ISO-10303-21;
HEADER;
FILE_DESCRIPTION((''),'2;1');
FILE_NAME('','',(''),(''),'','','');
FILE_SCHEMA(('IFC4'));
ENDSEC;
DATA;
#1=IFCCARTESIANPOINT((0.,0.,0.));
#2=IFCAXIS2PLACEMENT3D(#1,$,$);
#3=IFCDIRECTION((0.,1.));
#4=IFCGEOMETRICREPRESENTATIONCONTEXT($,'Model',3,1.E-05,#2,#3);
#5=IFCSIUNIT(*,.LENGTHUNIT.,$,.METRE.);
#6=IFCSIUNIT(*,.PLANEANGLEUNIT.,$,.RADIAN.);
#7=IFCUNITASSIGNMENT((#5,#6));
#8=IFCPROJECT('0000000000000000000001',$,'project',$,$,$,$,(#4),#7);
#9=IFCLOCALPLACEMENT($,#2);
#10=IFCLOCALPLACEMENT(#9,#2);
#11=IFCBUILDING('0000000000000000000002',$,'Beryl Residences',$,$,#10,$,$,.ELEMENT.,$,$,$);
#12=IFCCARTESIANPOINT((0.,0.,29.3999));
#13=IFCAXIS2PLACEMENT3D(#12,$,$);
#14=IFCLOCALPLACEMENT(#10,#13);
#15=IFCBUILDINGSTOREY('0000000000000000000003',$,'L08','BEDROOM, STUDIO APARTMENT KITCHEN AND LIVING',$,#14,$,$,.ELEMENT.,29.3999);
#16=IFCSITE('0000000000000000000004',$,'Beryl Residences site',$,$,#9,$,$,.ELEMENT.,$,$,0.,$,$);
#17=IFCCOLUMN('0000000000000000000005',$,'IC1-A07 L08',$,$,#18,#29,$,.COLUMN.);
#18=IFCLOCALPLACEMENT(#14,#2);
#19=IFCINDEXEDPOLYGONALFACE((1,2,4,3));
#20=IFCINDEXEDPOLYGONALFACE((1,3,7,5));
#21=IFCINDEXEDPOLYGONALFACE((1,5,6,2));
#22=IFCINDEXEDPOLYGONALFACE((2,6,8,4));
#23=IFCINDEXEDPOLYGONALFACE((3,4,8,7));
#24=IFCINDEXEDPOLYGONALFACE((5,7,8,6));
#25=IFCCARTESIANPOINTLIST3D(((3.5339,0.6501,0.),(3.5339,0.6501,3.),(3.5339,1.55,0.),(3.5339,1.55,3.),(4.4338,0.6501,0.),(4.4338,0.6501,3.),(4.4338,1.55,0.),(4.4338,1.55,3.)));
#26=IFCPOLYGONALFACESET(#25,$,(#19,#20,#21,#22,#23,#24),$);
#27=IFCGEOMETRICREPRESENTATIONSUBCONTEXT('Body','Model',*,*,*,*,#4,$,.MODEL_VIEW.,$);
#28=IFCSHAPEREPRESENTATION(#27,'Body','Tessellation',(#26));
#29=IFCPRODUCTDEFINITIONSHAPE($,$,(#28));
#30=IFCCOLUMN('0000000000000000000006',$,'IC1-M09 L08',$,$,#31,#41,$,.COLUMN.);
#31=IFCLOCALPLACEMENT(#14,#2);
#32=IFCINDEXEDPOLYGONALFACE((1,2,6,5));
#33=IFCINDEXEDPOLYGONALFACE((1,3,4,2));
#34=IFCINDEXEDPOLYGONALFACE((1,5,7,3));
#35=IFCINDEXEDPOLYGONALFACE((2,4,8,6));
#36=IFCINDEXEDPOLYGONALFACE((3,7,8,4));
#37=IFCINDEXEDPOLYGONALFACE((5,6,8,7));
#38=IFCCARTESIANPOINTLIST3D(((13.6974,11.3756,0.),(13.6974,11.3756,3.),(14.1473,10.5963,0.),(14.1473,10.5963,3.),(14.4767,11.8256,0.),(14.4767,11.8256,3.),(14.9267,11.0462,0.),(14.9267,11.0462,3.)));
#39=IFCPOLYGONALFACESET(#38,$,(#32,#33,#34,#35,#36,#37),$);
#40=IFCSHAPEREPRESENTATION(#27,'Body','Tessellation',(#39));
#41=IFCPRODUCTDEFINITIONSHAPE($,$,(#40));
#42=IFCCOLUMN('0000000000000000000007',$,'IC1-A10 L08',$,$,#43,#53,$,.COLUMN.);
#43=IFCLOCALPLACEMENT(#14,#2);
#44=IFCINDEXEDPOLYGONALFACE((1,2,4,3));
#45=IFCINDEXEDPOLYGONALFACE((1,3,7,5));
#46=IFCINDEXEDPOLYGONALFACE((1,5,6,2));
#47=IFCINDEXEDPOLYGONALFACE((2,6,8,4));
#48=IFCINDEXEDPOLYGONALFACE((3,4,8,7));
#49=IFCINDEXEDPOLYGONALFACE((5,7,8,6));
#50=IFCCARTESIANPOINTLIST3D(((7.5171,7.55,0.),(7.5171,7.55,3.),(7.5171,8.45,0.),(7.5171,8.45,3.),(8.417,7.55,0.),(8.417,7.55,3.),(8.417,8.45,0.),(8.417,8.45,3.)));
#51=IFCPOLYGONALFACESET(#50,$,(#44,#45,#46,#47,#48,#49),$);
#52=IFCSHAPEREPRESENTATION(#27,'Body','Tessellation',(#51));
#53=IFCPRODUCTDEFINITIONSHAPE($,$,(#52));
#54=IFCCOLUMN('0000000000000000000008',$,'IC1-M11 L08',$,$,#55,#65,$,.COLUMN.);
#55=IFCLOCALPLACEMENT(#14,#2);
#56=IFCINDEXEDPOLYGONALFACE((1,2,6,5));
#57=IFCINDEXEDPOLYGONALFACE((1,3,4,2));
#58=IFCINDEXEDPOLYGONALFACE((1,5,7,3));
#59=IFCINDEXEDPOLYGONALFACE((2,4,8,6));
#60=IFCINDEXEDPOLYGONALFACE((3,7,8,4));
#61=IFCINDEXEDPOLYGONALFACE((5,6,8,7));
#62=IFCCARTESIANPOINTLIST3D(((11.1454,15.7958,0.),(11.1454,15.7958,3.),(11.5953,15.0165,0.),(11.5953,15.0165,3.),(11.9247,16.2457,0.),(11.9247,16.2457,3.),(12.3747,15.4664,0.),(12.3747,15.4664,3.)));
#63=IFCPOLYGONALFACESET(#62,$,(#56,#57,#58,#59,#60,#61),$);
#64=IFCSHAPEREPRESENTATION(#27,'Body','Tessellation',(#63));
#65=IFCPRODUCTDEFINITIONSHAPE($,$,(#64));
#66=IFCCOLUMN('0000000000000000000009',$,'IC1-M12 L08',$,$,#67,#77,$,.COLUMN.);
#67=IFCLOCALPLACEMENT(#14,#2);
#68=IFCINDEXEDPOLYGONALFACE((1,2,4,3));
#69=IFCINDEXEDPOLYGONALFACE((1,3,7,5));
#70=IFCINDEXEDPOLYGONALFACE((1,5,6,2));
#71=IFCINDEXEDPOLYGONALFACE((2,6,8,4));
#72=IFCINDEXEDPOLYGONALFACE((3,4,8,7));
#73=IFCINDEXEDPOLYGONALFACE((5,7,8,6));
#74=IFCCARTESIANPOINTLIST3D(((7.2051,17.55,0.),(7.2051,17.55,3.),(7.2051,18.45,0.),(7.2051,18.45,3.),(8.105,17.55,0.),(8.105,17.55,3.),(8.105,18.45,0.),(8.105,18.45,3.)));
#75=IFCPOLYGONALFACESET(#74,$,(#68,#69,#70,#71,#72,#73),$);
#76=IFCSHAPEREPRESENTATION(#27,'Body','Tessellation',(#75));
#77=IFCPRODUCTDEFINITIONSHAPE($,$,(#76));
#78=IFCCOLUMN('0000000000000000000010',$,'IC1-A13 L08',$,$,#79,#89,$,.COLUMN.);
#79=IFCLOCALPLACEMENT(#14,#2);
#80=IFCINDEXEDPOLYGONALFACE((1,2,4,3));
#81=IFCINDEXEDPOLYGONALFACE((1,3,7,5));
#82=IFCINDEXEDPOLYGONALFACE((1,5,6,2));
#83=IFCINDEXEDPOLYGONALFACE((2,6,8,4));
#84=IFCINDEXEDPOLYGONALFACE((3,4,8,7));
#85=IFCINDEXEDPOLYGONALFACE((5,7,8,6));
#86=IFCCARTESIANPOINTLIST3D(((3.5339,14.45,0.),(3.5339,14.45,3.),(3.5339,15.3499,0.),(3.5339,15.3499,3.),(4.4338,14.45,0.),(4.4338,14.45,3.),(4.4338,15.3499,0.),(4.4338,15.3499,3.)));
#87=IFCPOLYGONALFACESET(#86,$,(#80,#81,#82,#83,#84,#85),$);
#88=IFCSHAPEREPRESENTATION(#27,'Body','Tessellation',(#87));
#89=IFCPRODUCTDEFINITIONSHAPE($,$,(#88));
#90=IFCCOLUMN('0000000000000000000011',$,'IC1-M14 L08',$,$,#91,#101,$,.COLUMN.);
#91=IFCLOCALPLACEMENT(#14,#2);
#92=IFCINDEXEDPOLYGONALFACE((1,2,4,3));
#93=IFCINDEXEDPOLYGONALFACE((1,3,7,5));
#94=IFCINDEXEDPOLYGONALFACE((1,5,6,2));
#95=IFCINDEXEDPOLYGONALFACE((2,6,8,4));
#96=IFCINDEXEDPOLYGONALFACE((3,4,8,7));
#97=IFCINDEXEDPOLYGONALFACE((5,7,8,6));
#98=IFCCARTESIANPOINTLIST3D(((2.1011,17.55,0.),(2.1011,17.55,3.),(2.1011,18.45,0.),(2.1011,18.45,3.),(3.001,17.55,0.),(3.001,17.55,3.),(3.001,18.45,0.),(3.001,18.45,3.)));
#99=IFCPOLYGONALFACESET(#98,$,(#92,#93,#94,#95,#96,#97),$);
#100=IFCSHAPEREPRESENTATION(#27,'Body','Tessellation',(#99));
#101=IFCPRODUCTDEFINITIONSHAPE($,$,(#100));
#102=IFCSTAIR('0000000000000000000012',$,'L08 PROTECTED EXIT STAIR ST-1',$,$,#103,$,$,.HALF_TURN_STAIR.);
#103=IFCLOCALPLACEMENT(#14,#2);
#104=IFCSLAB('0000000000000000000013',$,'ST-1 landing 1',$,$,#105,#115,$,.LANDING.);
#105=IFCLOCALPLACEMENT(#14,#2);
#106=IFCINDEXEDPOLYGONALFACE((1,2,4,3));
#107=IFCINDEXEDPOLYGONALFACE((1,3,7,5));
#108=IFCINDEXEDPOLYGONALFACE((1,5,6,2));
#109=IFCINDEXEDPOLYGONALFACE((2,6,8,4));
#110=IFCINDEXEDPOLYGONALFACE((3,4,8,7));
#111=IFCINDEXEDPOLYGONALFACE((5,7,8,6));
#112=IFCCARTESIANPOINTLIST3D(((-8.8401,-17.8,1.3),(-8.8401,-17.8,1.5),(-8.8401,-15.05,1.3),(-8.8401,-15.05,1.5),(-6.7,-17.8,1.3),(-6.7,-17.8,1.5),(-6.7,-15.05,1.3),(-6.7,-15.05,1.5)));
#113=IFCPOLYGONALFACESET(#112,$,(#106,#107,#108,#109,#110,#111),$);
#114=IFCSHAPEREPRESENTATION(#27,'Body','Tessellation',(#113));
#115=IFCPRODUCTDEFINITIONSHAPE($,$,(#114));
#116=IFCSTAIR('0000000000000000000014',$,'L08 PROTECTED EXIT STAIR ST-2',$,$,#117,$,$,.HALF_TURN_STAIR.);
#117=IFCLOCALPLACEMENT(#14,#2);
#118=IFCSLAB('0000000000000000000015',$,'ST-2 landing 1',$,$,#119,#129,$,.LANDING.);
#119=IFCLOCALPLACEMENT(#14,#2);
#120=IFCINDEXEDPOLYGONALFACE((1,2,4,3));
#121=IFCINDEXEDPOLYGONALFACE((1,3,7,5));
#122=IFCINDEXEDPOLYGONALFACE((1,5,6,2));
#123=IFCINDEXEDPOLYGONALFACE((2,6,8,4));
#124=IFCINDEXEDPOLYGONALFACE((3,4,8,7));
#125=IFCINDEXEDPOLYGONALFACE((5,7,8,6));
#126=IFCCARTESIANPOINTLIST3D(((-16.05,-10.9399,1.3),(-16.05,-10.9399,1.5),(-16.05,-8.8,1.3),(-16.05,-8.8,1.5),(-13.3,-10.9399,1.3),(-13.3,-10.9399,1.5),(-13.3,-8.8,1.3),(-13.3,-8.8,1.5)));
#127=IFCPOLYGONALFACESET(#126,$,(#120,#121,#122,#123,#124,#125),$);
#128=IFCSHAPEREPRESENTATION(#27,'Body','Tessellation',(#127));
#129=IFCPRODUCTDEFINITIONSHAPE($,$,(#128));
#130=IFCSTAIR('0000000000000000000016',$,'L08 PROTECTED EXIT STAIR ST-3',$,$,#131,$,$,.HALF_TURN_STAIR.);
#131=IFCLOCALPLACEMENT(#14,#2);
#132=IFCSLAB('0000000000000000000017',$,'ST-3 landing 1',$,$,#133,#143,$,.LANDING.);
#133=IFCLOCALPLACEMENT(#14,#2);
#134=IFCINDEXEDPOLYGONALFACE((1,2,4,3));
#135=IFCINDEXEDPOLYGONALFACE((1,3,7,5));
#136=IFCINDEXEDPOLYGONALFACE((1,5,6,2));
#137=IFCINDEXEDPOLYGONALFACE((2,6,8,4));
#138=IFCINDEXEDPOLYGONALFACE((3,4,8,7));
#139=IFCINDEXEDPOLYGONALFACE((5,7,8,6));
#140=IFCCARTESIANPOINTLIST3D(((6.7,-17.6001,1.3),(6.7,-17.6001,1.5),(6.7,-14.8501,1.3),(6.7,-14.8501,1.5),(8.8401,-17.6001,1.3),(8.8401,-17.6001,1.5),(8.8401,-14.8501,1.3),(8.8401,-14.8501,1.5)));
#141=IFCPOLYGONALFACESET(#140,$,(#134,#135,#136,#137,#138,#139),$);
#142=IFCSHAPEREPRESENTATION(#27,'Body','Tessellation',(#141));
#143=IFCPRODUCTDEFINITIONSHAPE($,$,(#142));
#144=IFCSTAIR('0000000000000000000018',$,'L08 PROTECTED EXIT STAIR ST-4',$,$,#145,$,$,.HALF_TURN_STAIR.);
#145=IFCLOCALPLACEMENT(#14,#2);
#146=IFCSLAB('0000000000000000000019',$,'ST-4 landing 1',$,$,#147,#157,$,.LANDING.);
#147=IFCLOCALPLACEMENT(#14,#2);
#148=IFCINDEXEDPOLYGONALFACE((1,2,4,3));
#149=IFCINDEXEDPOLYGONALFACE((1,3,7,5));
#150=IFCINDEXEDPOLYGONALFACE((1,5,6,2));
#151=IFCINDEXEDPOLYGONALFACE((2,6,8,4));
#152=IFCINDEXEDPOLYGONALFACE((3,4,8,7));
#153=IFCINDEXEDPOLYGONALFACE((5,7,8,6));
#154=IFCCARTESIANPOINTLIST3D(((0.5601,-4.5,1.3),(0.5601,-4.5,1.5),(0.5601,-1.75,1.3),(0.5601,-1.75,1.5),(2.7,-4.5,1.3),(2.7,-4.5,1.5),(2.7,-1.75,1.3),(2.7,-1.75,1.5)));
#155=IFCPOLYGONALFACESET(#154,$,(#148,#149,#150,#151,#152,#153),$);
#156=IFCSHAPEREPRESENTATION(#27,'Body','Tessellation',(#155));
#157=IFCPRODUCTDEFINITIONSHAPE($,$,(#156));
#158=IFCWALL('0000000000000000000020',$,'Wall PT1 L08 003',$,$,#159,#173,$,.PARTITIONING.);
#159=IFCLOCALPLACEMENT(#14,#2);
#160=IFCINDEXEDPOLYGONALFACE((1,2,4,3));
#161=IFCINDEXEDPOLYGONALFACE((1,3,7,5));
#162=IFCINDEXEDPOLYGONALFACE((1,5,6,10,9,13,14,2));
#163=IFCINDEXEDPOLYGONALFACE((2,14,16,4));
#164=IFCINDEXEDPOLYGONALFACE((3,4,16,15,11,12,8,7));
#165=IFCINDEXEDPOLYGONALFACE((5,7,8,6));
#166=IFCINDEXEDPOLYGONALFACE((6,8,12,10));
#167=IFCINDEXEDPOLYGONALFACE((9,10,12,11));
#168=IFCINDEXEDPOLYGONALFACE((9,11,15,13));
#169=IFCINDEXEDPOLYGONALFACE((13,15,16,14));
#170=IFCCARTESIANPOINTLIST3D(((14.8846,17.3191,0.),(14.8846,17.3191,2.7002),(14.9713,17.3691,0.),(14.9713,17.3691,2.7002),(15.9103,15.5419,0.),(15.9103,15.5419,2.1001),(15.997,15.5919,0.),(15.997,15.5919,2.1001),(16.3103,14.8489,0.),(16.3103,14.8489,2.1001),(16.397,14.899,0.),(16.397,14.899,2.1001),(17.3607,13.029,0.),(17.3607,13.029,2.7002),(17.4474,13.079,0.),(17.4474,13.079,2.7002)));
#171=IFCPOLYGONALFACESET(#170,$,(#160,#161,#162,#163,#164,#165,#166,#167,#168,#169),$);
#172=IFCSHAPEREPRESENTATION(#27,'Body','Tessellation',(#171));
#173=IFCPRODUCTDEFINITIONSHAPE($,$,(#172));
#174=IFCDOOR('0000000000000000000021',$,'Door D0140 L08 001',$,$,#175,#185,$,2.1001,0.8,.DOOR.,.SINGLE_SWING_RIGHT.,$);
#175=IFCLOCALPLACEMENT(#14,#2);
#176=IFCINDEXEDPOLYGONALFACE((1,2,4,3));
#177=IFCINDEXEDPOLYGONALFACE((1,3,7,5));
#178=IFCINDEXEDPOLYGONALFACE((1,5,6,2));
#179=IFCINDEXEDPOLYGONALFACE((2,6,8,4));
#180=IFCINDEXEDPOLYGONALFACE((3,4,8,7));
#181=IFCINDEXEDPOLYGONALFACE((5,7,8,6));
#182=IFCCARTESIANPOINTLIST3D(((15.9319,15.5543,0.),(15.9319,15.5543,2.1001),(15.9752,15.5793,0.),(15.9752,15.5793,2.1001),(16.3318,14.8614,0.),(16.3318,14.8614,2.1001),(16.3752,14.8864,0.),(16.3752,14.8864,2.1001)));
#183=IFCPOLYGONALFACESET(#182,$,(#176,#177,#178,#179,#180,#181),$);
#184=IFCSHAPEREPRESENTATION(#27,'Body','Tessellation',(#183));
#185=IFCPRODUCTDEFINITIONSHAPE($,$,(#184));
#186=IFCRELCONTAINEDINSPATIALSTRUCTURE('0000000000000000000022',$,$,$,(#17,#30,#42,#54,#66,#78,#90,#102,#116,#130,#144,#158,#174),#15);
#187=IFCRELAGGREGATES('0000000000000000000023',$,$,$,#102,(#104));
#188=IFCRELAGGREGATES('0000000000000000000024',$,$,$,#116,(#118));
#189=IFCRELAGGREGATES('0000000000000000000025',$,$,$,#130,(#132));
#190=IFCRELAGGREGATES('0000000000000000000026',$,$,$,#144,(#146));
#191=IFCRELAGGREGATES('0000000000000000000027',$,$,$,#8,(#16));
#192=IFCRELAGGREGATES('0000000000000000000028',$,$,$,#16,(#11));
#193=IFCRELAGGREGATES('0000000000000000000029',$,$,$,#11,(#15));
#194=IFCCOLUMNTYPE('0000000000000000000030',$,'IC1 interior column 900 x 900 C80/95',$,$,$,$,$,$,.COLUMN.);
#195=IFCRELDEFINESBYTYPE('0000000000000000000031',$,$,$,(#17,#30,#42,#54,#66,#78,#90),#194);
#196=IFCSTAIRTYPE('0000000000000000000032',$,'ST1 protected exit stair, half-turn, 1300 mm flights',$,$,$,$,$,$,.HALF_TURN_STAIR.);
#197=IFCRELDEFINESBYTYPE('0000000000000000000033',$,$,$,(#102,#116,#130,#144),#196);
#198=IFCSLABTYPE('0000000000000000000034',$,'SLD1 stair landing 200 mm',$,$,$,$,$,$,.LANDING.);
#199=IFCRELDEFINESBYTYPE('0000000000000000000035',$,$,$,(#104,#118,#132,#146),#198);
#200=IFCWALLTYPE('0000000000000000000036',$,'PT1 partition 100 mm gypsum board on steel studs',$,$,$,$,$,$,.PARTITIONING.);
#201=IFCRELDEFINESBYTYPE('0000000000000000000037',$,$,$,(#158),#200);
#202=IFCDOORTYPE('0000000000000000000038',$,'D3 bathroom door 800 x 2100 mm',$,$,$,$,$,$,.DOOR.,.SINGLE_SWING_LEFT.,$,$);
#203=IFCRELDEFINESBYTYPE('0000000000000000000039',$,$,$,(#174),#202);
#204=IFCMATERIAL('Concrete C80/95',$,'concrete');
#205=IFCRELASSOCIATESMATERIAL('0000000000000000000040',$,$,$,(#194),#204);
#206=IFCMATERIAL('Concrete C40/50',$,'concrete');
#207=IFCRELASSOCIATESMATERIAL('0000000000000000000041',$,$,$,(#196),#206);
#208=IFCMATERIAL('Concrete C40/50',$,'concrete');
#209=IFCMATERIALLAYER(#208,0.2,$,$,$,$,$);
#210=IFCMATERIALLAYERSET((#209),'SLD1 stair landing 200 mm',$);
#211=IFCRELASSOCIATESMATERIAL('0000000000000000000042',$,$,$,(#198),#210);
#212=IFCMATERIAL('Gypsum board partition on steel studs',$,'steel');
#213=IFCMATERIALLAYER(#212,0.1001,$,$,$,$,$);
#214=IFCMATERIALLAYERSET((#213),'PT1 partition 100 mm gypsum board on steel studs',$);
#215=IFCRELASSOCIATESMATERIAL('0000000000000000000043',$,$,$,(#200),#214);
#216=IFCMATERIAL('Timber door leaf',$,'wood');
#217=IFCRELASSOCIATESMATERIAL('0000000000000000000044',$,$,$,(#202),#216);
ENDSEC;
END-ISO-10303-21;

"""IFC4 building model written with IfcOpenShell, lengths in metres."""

from ifc_helpers import new_model, si_unit, direction, frame, frame_2d, origin, origin_2d, place, context, subcontext, project, spatial, polyline, rectangle, outline, extrude, material, layer, layer_set, material_profile, profile_set, type_object, element, fill, aggregate, save


model = new_model("IFC4")

# Units and contexts
model_context = context("Model", 3, precision=1e-05, world=origin(), true_north=direction((0.0, 1.0)))
body_context = subcontext(model_context, "Body", "Model", "MODEL_VIEW")
ifc_project = project(units=[si_unit("LENGTHUNIT", "METRE"), si_unit("PLANEANGLEUNIT", "RADIAN")], contexts=[model_context])

# Site, building, storey
site_placement = place(None, origin())
site = spatial("IfcSite", under=ifc_project, at=site_placement, Name="Beryl Residences site", CompositionType="ELEMENT", RefElevation=0.0)
building_placement = place(site_placement, origin())
building = spatial("IfcBuilding", under=site, at=building_placement, Name="Beryl Residences", CompositionType="ELEMENT")
storey_placement = place(building_placement, frame((0.0, 0.0, 29.3999)))
storey = spatial("IfcBuildingStorey", under=building, at=storey_placement, Name="L08", Description="BEDROOM, STUDIO APARTMENT KITCHEN AND LIVING", CompositionType="ELEMENT", Elevation=29.3999)

# Columns
ifc_material_1 = material(Name="Concrete C80/95", Category="concrete")
ifc_material_profile = material_profile(ifc_material_1, rectangle(XDim=0.8999, YDim=0.8999, at=origin_2d()))
ifc_profile_set = profile_set([ifc_material_profile], Name="Concrete C80/95")
column_type = type_object("IfcColumnType", Name="IC1 interior column 900 x 900 C80/95", PredefinedType="COLUMN", material=ifc_profile_set)
for number, where, z_axis, x_axis, name in (
    (1, (3.9839, 1.1001, 0.0), (0.0, 0.0, 1.0), (1.0, 0.0, 0.0), "IC1-A07 L08"),
    (2, (14.312, 11.2109, 0.0), (0.0, 0.0, 1.0), (-0.499985, 0.866034, 0.0), "IC1-M09 L08"),
    (3, (7.967, 8.0, 0.0), (0.0, 0.0, 1.0), (1.0, 0.0, 0.0), "IC1-A10 L08"),
    (4, (11.76, 15.6311, 0.0), (0.0, 0.0, 1.0), (-0.499985, 0.866034, 0.0), "IC1-M11 L08"),
    (5, (7.655, 18.0, 0.0), (0.0, 0.0, 1.0), (-1.0, 0.0, 0.0), "IC1-M12 L08"),
    (6, (3.9839, 14.8999, 0.0), (0.0, 0.0, 1.0), (1.0, 0.0, 0.0), "IC1-A13 L08"),
    (7, (2.551, 18.0, 0.0), (0.0, 0.0, 1.0), (-1.0, 0.0, 0.0), "IC1-M14 L08"),
):
    element("IfcColumn", number, at=place(storey_placement, frame(where, z_axis=z_axis, x_axis=x_axis)), inside=storey, type_object=column_type, Name=name, PredefinedType="COLUMN", context=body_context, shape_type="SweptSolid", body=[
        extrude(rectangle(XDim=0.8999, YDim=0.8999, at=origin_2d()), origin(), (0.0, 0.0, 1.0), 3.0),
    ])

# Stairs, slabs
ifc_material_2 = material(Name="Concrete C40/50", Category="concrete")
stair_type = type_object("IfcStairType", Name="ST1 protected exit stair, half-turn, 1300 mm flights", PredefinedType="HALF_TURN_STAIR", material=ifc_material_2)
stair_1_placement = place(storey_placement, origin())
stair_1 = element("IfcStair", 8, at=stair_1_placement, inside=storey, type_object=stair_type, Name="L08 PROTECTED EXIT STAIR ST-1", PredefinedType="HALF_TURN_STAIR")
ifc_material_3 = material(Name="Concrete C40/50", Category="concrete")
ifc_layer_1 = layer(ifc_material_3, 0.2)
ifc_layer_set_1 = layer_set([ifc_layer_1], Name="SLD1 stair landing 200 mm")
slab_type_1 = type_object("IfcSlabType", Name="SLD1 stair landing 200 mm", PredefinedType="LANDING", material=ifc_layer_set_1)
slab_1_placement = place(storey_placement, frame((0.0, 0.0, 1.3)))
slab_1 = element("IfcSlab", 9, at=slab_1_placement, type_object=slab_type_1, Name="ST-1 landing 1", PredefinedType="LANDING", context=body_context, shape_type="SweptSolid", body=[
    extrude(outline(polyline([(-8.8401, -17.8), (-6.7, -17.8), (-6.7, -15.05), (-8.8401, -15.05), (-8.8401, -17.8)])), origin(), (0.0, 0.0, 1.0), 0.2),
])
aggregate(stair_1, [slab_1])
stair_2_placement = place(storey_placement, origin())
stair_2 = element("IfcStair", 10, at=stair_2_placement, inside=storey, type_object=stair_type, Name="L08 PROTECTED EXIT STAIR ST-2", PredefinedType="HALF_TURN_STAIR")
slab_2_placement = place(storey_placement, frame((0.0, 0.0, 1.3)))
slab_2 = element("IfcSlab", 11, at=slab_2_placement, type_object=slab_type_1, Name="ST-2 landing 1", PredefinedType="LANDING", context=body_context, shape_type="SweptSolid", body=[
    extrude(outline(polyline([(-13.3, -10.9399), (-13.3, -8.8), (-16.05, -8.8), (-16.05, -10.9399), (-13.3, -10.9399)])), origin(), (0.0, 0.0, 1.0), 0.2),
])
aggregate(stair_2, [slab_2])
stair_3_placement = place(storey_placement, origin())
stair_3 = element("IfcStair", 12, at=stair_3_placement, inside=storey, type_object=stair_type, Name="L08 PROTECTED EXIT STAIR ST-3", PredefinedType="HALF_TURN_STAIR")
slab_3_placement = place(storey_placement, frame((0.0, 0.0, 1.3)))
slab_3 = element("IfcSlab", 13, at=slab_3_placement, type_object=slab_type_1, Name="ST-3 landing 1", PredefinedType="LANDING", context=body_context, shape_type="SweptSolid", body=[
    extrude(outline(polyline([(8.8401, -14.8501), (6.7, -14.8501), (6.7, -17.6001), (8.8401, -17.6001), (8.8401, -14.8501)])), origin(), (0.0, 0.0, 1.0), 0.2),
])
aggregate(stair_3, [slab_3])
stair_4_placement = place(storey_placement, origin())
stair_4 = element("IfcStair", 14, at=stair_4_placement, inside=storey, type_object=stair_type, Name="L08 PROTECTED EXIT STAIR ST-4", PredefinedType="HALF_TURN_STAIR")
slab_4_placement = place(storey_placement, frame((0.0, 0.0, 1.3)))
slab_4 = element("IfcSlab", 15, at=slab_4_placement, type_object=slab_type_1, Name="ST-4 landing 1", PredefinedType="LANDING", context=body_context, shape_type="SweptSolid", body=[
    extrude(outline(polyline([(0.5601, -4.5), (2.7, -4.5), (2.7, -1.75), (0.5601, -1.75), (0.5601, -4.5)])), origin(), (0.0, 0.0, 1.0), 0.2),
])
aggregate(stair_4, [slab_4])

# Wall, opening, door
ifc_material_4 = material(Name="Gypsum board partition on steel studs", Category="steel")
ifc_layer_2 = layer(ifc_material_4, 0.1001)
ifc_layer_set_2 = layer_set([ifc_layer_2], Name="PT1 partition 100 mm gypsum board on steel studs")
wall_type_1 = type_object("IfcWallType", Name="PT1 partition 100 mm gypsum board on steel studs", PredefinedType="PARTITIONING", material=ifc_layer_set_2)
wall_1_placement = place(storey_placement, frame((14.928, 17.344, 0.0), z_axis=(0.0, 0.0, 1.0), x_axis=(0.499882, -0.866094, 0.0)))
wall_1 = element("IfcWall", 16, at=wall_1_placement, inside=storey, type_object=wall_type_1, Name="Wall PT1 L08 003", PredefinedType="PARTITIONING", context=body_context, shape_type="SweptSolid", body=[
    extrude(rectangle(XDim=4.9534, YDim=0.1001, at=frame_2d((2.4766, 0.0))), origin(), (0.0, 0.0, 1.0), 2.7002),
])
opening_1_placement = place(wall_1_placement, frame((2.052, 0.0, 0.0)))
opening_1 = element("IfcOpeningElement", 17, at=opening_1_placement, cuts=wall_1, PredefinedType="OPENING", context=body_context, shape_type="SweptSolid", body=[
    extrude(rectangle(XDim=0.8, YDim=2.1001, at=frame_2d((0.3999, 1.05))), frame((0.0, 0.0601, 0.0), z_axis=(0.0, -1.0, 0.0), x_axis=(1.0, 0.0, 0.0)), (0.0, 0.0, 1.0), 0.1201),
])
ifc_material_5 = material(Name="Timber door leaf", Category="wood")
door_type_1 = type_object("IfcDoorType", Name="D3 bathroom door 800 x 2100 mm", OperationType="SINGLE_SWING_LEFT", PredefinedType="DOOR", material=ifc_material_5)
door_1_placement = place(opening_1_placement, origin())
door_1 = element("IfcDoor", 18, at=door_1_placement, inside=storey, type_object=door_type_1, Name="Door D0140 L08 001", OperationType="SINGLE_SWING_RIGHT", OverallHeight=2.1001, OverallWidth=0.8, PredefinedType="DOOR", context=body_context, shape_type="SweptSolid", body=[
    extrude(rectangle(XDim=0.8, YDim=2.1001, at=frame_2d((0.3999, 1.05))), frame((0.0, 0.0249, 0.0), z_axis=(0.0, -1.0, 0.0), x_axis=(1.0, 0.0, 0.0)), (0.0, 0.0, 1.0), 0.05),
])
fill(opening_1, door_1)

save(model, "model.ifc")
